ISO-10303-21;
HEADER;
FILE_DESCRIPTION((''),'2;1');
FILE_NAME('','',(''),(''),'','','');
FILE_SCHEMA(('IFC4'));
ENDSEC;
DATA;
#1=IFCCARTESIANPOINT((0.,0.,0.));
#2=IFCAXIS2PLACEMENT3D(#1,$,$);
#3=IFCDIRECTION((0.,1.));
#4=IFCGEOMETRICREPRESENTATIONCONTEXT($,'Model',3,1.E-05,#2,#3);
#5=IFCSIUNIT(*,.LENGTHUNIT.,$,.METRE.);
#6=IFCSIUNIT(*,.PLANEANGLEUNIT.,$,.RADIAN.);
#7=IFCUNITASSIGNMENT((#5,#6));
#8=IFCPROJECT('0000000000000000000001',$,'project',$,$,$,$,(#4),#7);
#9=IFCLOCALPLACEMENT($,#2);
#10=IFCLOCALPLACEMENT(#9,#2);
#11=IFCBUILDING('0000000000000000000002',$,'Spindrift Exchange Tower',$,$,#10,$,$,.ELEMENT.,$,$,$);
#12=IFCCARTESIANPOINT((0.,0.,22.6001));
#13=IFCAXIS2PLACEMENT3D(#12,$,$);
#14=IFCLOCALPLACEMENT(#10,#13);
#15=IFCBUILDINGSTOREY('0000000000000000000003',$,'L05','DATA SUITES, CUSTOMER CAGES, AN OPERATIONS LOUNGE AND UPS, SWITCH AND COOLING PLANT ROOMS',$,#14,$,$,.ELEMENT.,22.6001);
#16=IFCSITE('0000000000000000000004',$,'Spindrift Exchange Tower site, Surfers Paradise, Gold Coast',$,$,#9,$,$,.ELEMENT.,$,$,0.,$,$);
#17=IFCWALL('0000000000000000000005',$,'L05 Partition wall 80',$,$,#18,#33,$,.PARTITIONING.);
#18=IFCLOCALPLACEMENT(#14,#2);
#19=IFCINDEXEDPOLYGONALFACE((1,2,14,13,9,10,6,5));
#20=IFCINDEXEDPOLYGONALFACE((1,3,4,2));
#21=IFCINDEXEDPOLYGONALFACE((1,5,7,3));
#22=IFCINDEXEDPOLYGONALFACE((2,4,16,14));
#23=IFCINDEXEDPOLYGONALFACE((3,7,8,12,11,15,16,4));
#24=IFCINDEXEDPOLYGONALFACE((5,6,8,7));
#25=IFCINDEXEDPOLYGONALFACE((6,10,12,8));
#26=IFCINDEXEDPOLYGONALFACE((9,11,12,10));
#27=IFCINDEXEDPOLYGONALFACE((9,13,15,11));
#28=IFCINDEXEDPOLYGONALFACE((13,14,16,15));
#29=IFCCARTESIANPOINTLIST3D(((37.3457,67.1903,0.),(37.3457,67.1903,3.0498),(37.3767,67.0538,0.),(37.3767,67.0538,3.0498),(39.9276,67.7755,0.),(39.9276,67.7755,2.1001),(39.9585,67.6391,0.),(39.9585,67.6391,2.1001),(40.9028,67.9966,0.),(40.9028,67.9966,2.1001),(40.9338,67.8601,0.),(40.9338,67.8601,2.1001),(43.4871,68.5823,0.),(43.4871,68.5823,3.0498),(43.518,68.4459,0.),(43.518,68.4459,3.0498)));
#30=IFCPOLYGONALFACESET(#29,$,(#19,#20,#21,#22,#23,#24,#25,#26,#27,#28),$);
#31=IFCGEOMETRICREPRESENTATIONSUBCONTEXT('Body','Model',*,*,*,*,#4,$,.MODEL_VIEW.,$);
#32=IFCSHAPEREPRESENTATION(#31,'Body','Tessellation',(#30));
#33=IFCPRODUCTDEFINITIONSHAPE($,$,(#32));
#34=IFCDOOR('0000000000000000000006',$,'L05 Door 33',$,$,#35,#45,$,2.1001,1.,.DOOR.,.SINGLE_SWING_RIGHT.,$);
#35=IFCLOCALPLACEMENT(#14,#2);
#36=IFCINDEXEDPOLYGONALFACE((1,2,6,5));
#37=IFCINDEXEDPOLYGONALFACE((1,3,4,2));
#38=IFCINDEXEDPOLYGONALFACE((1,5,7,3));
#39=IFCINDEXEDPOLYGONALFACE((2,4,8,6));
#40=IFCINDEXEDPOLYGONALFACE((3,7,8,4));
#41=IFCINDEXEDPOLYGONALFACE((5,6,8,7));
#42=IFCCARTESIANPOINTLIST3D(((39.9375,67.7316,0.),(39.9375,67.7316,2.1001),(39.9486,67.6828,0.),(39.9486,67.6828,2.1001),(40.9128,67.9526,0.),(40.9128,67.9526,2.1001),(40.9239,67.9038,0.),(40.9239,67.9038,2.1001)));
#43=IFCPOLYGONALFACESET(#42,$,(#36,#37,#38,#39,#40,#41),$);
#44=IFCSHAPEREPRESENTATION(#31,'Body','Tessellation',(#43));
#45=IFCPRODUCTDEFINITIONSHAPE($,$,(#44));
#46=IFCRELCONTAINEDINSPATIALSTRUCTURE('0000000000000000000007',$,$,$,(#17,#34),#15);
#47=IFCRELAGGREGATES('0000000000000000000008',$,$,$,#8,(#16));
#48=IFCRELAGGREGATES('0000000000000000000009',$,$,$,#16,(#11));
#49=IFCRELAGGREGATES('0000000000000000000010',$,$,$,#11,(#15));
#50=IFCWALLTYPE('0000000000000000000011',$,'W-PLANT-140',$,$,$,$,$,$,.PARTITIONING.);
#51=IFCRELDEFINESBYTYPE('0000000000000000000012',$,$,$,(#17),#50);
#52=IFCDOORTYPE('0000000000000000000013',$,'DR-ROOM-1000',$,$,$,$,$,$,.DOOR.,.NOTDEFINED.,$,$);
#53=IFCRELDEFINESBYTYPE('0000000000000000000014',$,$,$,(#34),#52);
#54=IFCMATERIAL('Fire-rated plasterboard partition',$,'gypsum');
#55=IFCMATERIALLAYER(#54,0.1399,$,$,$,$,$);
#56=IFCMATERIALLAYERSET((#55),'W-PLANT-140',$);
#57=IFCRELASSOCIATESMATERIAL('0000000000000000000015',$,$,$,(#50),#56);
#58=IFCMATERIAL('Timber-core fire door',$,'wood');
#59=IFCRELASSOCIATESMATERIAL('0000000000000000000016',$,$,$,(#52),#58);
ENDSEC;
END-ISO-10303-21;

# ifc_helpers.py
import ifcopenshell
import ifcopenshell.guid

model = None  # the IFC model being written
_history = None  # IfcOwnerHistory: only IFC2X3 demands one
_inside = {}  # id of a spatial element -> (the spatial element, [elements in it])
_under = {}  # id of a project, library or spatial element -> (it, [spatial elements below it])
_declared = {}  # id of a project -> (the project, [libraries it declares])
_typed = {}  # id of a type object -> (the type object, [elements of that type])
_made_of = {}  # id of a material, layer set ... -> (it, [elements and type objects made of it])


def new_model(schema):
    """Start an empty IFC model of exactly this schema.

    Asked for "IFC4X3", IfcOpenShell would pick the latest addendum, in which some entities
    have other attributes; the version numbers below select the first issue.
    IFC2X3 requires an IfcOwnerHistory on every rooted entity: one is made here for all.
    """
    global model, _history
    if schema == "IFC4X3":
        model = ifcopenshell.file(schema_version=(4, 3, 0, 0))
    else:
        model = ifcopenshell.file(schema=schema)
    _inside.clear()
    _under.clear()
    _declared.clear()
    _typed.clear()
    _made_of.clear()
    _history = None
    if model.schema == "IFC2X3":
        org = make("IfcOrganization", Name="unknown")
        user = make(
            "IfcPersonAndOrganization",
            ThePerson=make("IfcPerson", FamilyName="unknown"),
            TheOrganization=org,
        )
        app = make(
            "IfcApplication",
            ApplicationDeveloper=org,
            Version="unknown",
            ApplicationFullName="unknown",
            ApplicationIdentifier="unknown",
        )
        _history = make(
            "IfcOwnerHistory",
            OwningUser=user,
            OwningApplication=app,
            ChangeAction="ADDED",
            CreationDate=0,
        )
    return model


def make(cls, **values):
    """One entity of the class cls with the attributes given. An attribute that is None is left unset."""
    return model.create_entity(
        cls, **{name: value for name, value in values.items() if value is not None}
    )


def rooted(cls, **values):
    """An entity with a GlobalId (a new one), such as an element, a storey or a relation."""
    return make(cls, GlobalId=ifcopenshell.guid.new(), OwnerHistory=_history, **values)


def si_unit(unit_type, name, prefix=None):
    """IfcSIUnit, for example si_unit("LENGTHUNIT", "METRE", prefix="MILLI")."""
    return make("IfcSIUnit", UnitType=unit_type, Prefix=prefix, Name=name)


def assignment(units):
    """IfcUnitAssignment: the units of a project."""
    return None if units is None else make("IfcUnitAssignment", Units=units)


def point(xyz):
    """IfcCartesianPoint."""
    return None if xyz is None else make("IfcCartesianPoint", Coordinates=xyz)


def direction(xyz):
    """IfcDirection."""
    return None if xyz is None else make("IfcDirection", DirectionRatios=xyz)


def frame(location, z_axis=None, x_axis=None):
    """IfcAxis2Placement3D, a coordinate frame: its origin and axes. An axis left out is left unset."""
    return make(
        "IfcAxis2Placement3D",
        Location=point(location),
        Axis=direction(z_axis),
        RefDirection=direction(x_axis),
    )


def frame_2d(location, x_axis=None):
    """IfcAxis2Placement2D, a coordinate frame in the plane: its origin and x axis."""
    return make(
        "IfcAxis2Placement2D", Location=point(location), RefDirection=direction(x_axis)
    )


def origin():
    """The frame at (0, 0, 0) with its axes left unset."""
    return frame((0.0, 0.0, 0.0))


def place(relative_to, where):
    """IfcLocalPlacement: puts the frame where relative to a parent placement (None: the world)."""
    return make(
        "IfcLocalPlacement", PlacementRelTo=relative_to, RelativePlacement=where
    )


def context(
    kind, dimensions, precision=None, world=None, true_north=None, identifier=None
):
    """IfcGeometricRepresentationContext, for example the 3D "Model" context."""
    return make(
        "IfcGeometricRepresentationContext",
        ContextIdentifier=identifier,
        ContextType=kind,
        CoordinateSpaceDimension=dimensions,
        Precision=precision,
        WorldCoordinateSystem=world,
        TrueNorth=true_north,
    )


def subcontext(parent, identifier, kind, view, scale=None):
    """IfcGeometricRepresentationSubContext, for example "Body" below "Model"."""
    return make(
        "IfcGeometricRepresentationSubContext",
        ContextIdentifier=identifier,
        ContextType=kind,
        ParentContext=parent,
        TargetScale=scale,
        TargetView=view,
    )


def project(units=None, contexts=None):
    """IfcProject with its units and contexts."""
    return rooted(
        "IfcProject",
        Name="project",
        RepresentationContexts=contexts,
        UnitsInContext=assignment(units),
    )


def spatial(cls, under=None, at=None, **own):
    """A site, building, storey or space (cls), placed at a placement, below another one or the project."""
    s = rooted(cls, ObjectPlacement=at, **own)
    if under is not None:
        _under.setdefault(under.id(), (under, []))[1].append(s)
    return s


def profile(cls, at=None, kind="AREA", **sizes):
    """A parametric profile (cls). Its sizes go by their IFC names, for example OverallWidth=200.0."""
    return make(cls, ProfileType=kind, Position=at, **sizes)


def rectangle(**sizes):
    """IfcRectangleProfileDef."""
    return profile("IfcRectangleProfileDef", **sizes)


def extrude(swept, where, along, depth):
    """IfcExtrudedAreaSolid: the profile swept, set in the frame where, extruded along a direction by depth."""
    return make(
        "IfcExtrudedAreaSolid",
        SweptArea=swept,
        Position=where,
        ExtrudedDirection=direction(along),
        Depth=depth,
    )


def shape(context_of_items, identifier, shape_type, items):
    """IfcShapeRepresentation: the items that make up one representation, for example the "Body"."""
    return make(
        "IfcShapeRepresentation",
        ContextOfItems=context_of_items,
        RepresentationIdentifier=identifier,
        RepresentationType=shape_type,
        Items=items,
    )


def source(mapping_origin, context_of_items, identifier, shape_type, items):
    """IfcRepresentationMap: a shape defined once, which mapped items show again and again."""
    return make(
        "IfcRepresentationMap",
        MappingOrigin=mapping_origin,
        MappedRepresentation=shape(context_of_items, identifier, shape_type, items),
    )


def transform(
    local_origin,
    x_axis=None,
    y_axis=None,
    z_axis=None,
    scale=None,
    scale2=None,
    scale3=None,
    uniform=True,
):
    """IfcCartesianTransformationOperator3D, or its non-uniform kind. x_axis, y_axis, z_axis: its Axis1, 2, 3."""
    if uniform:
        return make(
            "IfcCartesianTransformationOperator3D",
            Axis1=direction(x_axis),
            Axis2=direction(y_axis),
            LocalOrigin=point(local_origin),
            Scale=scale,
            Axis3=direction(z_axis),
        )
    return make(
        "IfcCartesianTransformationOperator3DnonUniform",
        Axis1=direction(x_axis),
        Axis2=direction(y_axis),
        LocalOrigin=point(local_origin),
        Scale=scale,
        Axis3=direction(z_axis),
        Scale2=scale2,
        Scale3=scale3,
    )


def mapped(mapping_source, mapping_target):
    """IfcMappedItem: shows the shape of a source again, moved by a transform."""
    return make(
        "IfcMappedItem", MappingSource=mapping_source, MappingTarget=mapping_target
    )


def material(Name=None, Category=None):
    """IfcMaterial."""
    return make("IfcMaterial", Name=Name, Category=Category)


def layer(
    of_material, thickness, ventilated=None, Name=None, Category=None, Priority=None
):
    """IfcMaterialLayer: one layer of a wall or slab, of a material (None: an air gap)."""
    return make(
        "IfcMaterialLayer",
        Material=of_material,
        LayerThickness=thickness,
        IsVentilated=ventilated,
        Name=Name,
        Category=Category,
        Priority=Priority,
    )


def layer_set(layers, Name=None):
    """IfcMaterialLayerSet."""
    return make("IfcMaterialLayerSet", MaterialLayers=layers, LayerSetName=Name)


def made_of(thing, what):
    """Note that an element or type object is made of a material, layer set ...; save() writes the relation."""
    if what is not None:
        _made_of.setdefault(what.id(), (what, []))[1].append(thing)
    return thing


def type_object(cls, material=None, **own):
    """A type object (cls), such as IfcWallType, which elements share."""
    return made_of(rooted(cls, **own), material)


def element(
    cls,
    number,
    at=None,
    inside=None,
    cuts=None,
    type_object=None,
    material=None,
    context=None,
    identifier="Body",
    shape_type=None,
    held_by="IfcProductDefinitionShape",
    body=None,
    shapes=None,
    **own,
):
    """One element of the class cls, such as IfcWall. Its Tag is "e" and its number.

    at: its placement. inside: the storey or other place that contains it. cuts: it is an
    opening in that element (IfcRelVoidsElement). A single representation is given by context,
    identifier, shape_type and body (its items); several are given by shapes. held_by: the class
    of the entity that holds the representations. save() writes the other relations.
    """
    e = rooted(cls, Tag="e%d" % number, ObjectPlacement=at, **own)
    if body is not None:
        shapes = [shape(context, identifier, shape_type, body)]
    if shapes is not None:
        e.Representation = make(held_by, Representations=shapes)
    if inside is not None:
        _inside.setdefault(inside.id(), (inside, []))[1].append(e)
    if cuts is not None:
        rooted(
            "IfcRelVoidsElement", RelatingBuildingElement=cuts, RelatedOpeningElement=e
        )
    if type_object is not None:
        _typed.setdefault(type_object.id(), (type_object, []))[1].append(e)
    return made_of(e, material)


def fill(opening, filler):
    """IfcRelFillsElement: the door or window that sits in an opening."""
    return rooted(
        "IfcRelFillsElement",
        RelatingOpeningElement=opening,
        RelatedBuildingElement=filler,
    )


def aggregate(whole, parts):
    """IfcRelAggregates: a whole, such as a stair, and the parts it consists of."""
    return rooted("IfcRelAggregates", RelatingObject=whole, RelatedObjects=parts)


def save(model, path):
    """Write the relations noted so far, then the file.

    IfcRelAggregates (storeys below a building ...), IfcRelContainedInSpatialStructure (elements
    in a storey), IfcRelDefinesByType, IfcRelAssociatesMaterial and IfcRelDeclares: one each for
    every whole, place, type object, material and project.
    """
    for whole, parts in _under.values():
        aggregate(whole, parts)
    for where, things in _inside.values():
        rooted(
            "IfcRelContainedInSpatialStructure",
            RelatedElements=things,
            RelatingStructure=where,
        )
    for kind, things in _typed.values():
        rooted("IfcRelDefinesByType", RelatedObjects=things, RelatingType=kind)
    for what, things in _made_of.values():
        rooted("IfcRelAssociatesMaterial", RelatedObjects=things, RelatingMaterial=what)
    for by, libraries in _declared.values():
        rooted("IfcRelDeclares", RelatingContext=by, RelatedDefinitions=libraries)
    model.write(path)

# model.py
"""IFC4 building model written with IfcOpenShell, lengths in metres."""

from ifc_helpers import new_model, si_unit, direction, frame, frame_2d, origin, place, context, subcontext, project, spatial, rectangle, extrude, source, transform, mapped, material, layer, layer_set, type_object, element, fill, save


model = new_model("IFC4")

# Units and contexts
model_context = context("Model", 3, precision=1e-05, world=origin(), true_north=direction((0.0, 1.0)))
body_context = subcontext(model_context, "Body", "Model", "MODEL_VIEW")
ifc_project = project(units=[si_unit("LENGTHUNIT", "METRE"), si_unit("PLANEANGLEUNIT", "RADIAN")], contexts=[model_context])

# Site, building, storey
site_placement = place(None, origin())
site = spatial("IfcSite", under=ifc_project, at=site_placement, Name="Spindrift Exchange Tower site, Surfers Paradise, Gold Coast", CompositionType="ELEMENT", RefElevation=0.0)
building_placement = place(site_placement, origin())
building = spatial("IfcBuilding", under=site, at=building_placement, Name="Spindrift Exchange Tower", CompositionType="ELEMENT")
storey_placement = place(building_placement, frame((0.0, 0.0, 22.6001)))
storey = spatial("IfcBuildingStorey", under=building, at=storey_placement, Name="L05", Description="DATA SUITES, CUSTOMER CAGES, AN OPERATIONS LOUNGE AND UPS, SWITCH AND COOLING PLANT ROOMS", CompositionType="ELEMENT", Elevation=22.6001)

# Shared definitions
ifc_material_1 = material(Name="Fire-rated plasterboard partition", Category="gypsum")

# Wall, opening, door
ifc_layer_1 = layer(ifc_material_1, 0.1399)
ifc_layer_set_1 = layer_set([ifc_layer_1], Name="W-PLANT-140")
wall_type_1 = type_object("IfcWallType", Name="W-PLANT-140", PredefinedType="PARTITIONING", material=ifc_layer_set_1)
ifc_material_2 = material(Name="Timber-core fire door", Category="wood")
door_type = type_object("IfcDoorType", Name="DR-ROOM-1000", OperationType="NOTDEFINED", PredefinedType="DOOR", material=ifc_material_2)
shared_shape_1 = source(origin(), body_context, "Body", "SweptSolid", [
    extrude(rectangle(XDim=1.0, YDim=2.1001, at=frame_2d((0.5, 1.05))), frame((0.0, 0.0249, 0.0), z_axis=(0.0, -1.0, 0.0), x_axis=(1.0, 0.0, 0.0)), (0.0, 0.0, 1.0), 0.05),
])
wall_1_placement = place(storey_placement, frame((37.3613, 67.1221, 0.0), z_axis=(0.0, 0.0, 1.0), x_axis=(0.975259, 0.221066, 0.0)))
wall_1 = element("IfcWall", 1, at=wall_1_placement, inside=storey, type_object=wall_type_1, Name="L05 Partition wall 80", PredefinedType="PARTITIONING", context=body_context, shape_type="SweptSolid", body=[
    extrude(rectangle(XDim=6.2971, YDim=0.1399, at=frame_2d((3.1484, 0.0))), origin(), (0.0, 0.0, 1.0), 3.0498),
])
opening_1_placement = place(wall_1_placement, frame((2.6472, 0.0, 0.0)))
opening_1 = element("IfcOpeningElement", 2, at=opening_1_placement, cuts=wall_1, PredefinedType="OPENING", context=body_context, shape_type="SweptSolid", body=[
    extrude(rectangle(XDim=1.0, YDim=2.1001, at=frame_2d((0.5, 1.05))), frame((0.0, 0.0798, 0.0), z_axis=(0.0, -1.0, 0.0), x_axis=(1.0, 0.0, 0.0)), (0.0, 0.0, 1.0), 0.1599),
])
door_1_placement = place(opening_1_placement, origin())
door_1 = element("IfcDoor", 3, at=door_1_placement, inside=storey, type_object=door_type, Name="L05 Door 33", OperationType="SINGLE_SWING_RIGHT", OverallHeight=2.1001, OverallWidth=1.0, PredefinedType="DOOR", context=body_context, shape_type="MappedRepresentation", body=[
    mapped(shared_shape_1, transform((0.0, 0.0, 0.0), scale=1.0)),
])
fill(opening_1, door_1)

save(model, "model.ifc")
